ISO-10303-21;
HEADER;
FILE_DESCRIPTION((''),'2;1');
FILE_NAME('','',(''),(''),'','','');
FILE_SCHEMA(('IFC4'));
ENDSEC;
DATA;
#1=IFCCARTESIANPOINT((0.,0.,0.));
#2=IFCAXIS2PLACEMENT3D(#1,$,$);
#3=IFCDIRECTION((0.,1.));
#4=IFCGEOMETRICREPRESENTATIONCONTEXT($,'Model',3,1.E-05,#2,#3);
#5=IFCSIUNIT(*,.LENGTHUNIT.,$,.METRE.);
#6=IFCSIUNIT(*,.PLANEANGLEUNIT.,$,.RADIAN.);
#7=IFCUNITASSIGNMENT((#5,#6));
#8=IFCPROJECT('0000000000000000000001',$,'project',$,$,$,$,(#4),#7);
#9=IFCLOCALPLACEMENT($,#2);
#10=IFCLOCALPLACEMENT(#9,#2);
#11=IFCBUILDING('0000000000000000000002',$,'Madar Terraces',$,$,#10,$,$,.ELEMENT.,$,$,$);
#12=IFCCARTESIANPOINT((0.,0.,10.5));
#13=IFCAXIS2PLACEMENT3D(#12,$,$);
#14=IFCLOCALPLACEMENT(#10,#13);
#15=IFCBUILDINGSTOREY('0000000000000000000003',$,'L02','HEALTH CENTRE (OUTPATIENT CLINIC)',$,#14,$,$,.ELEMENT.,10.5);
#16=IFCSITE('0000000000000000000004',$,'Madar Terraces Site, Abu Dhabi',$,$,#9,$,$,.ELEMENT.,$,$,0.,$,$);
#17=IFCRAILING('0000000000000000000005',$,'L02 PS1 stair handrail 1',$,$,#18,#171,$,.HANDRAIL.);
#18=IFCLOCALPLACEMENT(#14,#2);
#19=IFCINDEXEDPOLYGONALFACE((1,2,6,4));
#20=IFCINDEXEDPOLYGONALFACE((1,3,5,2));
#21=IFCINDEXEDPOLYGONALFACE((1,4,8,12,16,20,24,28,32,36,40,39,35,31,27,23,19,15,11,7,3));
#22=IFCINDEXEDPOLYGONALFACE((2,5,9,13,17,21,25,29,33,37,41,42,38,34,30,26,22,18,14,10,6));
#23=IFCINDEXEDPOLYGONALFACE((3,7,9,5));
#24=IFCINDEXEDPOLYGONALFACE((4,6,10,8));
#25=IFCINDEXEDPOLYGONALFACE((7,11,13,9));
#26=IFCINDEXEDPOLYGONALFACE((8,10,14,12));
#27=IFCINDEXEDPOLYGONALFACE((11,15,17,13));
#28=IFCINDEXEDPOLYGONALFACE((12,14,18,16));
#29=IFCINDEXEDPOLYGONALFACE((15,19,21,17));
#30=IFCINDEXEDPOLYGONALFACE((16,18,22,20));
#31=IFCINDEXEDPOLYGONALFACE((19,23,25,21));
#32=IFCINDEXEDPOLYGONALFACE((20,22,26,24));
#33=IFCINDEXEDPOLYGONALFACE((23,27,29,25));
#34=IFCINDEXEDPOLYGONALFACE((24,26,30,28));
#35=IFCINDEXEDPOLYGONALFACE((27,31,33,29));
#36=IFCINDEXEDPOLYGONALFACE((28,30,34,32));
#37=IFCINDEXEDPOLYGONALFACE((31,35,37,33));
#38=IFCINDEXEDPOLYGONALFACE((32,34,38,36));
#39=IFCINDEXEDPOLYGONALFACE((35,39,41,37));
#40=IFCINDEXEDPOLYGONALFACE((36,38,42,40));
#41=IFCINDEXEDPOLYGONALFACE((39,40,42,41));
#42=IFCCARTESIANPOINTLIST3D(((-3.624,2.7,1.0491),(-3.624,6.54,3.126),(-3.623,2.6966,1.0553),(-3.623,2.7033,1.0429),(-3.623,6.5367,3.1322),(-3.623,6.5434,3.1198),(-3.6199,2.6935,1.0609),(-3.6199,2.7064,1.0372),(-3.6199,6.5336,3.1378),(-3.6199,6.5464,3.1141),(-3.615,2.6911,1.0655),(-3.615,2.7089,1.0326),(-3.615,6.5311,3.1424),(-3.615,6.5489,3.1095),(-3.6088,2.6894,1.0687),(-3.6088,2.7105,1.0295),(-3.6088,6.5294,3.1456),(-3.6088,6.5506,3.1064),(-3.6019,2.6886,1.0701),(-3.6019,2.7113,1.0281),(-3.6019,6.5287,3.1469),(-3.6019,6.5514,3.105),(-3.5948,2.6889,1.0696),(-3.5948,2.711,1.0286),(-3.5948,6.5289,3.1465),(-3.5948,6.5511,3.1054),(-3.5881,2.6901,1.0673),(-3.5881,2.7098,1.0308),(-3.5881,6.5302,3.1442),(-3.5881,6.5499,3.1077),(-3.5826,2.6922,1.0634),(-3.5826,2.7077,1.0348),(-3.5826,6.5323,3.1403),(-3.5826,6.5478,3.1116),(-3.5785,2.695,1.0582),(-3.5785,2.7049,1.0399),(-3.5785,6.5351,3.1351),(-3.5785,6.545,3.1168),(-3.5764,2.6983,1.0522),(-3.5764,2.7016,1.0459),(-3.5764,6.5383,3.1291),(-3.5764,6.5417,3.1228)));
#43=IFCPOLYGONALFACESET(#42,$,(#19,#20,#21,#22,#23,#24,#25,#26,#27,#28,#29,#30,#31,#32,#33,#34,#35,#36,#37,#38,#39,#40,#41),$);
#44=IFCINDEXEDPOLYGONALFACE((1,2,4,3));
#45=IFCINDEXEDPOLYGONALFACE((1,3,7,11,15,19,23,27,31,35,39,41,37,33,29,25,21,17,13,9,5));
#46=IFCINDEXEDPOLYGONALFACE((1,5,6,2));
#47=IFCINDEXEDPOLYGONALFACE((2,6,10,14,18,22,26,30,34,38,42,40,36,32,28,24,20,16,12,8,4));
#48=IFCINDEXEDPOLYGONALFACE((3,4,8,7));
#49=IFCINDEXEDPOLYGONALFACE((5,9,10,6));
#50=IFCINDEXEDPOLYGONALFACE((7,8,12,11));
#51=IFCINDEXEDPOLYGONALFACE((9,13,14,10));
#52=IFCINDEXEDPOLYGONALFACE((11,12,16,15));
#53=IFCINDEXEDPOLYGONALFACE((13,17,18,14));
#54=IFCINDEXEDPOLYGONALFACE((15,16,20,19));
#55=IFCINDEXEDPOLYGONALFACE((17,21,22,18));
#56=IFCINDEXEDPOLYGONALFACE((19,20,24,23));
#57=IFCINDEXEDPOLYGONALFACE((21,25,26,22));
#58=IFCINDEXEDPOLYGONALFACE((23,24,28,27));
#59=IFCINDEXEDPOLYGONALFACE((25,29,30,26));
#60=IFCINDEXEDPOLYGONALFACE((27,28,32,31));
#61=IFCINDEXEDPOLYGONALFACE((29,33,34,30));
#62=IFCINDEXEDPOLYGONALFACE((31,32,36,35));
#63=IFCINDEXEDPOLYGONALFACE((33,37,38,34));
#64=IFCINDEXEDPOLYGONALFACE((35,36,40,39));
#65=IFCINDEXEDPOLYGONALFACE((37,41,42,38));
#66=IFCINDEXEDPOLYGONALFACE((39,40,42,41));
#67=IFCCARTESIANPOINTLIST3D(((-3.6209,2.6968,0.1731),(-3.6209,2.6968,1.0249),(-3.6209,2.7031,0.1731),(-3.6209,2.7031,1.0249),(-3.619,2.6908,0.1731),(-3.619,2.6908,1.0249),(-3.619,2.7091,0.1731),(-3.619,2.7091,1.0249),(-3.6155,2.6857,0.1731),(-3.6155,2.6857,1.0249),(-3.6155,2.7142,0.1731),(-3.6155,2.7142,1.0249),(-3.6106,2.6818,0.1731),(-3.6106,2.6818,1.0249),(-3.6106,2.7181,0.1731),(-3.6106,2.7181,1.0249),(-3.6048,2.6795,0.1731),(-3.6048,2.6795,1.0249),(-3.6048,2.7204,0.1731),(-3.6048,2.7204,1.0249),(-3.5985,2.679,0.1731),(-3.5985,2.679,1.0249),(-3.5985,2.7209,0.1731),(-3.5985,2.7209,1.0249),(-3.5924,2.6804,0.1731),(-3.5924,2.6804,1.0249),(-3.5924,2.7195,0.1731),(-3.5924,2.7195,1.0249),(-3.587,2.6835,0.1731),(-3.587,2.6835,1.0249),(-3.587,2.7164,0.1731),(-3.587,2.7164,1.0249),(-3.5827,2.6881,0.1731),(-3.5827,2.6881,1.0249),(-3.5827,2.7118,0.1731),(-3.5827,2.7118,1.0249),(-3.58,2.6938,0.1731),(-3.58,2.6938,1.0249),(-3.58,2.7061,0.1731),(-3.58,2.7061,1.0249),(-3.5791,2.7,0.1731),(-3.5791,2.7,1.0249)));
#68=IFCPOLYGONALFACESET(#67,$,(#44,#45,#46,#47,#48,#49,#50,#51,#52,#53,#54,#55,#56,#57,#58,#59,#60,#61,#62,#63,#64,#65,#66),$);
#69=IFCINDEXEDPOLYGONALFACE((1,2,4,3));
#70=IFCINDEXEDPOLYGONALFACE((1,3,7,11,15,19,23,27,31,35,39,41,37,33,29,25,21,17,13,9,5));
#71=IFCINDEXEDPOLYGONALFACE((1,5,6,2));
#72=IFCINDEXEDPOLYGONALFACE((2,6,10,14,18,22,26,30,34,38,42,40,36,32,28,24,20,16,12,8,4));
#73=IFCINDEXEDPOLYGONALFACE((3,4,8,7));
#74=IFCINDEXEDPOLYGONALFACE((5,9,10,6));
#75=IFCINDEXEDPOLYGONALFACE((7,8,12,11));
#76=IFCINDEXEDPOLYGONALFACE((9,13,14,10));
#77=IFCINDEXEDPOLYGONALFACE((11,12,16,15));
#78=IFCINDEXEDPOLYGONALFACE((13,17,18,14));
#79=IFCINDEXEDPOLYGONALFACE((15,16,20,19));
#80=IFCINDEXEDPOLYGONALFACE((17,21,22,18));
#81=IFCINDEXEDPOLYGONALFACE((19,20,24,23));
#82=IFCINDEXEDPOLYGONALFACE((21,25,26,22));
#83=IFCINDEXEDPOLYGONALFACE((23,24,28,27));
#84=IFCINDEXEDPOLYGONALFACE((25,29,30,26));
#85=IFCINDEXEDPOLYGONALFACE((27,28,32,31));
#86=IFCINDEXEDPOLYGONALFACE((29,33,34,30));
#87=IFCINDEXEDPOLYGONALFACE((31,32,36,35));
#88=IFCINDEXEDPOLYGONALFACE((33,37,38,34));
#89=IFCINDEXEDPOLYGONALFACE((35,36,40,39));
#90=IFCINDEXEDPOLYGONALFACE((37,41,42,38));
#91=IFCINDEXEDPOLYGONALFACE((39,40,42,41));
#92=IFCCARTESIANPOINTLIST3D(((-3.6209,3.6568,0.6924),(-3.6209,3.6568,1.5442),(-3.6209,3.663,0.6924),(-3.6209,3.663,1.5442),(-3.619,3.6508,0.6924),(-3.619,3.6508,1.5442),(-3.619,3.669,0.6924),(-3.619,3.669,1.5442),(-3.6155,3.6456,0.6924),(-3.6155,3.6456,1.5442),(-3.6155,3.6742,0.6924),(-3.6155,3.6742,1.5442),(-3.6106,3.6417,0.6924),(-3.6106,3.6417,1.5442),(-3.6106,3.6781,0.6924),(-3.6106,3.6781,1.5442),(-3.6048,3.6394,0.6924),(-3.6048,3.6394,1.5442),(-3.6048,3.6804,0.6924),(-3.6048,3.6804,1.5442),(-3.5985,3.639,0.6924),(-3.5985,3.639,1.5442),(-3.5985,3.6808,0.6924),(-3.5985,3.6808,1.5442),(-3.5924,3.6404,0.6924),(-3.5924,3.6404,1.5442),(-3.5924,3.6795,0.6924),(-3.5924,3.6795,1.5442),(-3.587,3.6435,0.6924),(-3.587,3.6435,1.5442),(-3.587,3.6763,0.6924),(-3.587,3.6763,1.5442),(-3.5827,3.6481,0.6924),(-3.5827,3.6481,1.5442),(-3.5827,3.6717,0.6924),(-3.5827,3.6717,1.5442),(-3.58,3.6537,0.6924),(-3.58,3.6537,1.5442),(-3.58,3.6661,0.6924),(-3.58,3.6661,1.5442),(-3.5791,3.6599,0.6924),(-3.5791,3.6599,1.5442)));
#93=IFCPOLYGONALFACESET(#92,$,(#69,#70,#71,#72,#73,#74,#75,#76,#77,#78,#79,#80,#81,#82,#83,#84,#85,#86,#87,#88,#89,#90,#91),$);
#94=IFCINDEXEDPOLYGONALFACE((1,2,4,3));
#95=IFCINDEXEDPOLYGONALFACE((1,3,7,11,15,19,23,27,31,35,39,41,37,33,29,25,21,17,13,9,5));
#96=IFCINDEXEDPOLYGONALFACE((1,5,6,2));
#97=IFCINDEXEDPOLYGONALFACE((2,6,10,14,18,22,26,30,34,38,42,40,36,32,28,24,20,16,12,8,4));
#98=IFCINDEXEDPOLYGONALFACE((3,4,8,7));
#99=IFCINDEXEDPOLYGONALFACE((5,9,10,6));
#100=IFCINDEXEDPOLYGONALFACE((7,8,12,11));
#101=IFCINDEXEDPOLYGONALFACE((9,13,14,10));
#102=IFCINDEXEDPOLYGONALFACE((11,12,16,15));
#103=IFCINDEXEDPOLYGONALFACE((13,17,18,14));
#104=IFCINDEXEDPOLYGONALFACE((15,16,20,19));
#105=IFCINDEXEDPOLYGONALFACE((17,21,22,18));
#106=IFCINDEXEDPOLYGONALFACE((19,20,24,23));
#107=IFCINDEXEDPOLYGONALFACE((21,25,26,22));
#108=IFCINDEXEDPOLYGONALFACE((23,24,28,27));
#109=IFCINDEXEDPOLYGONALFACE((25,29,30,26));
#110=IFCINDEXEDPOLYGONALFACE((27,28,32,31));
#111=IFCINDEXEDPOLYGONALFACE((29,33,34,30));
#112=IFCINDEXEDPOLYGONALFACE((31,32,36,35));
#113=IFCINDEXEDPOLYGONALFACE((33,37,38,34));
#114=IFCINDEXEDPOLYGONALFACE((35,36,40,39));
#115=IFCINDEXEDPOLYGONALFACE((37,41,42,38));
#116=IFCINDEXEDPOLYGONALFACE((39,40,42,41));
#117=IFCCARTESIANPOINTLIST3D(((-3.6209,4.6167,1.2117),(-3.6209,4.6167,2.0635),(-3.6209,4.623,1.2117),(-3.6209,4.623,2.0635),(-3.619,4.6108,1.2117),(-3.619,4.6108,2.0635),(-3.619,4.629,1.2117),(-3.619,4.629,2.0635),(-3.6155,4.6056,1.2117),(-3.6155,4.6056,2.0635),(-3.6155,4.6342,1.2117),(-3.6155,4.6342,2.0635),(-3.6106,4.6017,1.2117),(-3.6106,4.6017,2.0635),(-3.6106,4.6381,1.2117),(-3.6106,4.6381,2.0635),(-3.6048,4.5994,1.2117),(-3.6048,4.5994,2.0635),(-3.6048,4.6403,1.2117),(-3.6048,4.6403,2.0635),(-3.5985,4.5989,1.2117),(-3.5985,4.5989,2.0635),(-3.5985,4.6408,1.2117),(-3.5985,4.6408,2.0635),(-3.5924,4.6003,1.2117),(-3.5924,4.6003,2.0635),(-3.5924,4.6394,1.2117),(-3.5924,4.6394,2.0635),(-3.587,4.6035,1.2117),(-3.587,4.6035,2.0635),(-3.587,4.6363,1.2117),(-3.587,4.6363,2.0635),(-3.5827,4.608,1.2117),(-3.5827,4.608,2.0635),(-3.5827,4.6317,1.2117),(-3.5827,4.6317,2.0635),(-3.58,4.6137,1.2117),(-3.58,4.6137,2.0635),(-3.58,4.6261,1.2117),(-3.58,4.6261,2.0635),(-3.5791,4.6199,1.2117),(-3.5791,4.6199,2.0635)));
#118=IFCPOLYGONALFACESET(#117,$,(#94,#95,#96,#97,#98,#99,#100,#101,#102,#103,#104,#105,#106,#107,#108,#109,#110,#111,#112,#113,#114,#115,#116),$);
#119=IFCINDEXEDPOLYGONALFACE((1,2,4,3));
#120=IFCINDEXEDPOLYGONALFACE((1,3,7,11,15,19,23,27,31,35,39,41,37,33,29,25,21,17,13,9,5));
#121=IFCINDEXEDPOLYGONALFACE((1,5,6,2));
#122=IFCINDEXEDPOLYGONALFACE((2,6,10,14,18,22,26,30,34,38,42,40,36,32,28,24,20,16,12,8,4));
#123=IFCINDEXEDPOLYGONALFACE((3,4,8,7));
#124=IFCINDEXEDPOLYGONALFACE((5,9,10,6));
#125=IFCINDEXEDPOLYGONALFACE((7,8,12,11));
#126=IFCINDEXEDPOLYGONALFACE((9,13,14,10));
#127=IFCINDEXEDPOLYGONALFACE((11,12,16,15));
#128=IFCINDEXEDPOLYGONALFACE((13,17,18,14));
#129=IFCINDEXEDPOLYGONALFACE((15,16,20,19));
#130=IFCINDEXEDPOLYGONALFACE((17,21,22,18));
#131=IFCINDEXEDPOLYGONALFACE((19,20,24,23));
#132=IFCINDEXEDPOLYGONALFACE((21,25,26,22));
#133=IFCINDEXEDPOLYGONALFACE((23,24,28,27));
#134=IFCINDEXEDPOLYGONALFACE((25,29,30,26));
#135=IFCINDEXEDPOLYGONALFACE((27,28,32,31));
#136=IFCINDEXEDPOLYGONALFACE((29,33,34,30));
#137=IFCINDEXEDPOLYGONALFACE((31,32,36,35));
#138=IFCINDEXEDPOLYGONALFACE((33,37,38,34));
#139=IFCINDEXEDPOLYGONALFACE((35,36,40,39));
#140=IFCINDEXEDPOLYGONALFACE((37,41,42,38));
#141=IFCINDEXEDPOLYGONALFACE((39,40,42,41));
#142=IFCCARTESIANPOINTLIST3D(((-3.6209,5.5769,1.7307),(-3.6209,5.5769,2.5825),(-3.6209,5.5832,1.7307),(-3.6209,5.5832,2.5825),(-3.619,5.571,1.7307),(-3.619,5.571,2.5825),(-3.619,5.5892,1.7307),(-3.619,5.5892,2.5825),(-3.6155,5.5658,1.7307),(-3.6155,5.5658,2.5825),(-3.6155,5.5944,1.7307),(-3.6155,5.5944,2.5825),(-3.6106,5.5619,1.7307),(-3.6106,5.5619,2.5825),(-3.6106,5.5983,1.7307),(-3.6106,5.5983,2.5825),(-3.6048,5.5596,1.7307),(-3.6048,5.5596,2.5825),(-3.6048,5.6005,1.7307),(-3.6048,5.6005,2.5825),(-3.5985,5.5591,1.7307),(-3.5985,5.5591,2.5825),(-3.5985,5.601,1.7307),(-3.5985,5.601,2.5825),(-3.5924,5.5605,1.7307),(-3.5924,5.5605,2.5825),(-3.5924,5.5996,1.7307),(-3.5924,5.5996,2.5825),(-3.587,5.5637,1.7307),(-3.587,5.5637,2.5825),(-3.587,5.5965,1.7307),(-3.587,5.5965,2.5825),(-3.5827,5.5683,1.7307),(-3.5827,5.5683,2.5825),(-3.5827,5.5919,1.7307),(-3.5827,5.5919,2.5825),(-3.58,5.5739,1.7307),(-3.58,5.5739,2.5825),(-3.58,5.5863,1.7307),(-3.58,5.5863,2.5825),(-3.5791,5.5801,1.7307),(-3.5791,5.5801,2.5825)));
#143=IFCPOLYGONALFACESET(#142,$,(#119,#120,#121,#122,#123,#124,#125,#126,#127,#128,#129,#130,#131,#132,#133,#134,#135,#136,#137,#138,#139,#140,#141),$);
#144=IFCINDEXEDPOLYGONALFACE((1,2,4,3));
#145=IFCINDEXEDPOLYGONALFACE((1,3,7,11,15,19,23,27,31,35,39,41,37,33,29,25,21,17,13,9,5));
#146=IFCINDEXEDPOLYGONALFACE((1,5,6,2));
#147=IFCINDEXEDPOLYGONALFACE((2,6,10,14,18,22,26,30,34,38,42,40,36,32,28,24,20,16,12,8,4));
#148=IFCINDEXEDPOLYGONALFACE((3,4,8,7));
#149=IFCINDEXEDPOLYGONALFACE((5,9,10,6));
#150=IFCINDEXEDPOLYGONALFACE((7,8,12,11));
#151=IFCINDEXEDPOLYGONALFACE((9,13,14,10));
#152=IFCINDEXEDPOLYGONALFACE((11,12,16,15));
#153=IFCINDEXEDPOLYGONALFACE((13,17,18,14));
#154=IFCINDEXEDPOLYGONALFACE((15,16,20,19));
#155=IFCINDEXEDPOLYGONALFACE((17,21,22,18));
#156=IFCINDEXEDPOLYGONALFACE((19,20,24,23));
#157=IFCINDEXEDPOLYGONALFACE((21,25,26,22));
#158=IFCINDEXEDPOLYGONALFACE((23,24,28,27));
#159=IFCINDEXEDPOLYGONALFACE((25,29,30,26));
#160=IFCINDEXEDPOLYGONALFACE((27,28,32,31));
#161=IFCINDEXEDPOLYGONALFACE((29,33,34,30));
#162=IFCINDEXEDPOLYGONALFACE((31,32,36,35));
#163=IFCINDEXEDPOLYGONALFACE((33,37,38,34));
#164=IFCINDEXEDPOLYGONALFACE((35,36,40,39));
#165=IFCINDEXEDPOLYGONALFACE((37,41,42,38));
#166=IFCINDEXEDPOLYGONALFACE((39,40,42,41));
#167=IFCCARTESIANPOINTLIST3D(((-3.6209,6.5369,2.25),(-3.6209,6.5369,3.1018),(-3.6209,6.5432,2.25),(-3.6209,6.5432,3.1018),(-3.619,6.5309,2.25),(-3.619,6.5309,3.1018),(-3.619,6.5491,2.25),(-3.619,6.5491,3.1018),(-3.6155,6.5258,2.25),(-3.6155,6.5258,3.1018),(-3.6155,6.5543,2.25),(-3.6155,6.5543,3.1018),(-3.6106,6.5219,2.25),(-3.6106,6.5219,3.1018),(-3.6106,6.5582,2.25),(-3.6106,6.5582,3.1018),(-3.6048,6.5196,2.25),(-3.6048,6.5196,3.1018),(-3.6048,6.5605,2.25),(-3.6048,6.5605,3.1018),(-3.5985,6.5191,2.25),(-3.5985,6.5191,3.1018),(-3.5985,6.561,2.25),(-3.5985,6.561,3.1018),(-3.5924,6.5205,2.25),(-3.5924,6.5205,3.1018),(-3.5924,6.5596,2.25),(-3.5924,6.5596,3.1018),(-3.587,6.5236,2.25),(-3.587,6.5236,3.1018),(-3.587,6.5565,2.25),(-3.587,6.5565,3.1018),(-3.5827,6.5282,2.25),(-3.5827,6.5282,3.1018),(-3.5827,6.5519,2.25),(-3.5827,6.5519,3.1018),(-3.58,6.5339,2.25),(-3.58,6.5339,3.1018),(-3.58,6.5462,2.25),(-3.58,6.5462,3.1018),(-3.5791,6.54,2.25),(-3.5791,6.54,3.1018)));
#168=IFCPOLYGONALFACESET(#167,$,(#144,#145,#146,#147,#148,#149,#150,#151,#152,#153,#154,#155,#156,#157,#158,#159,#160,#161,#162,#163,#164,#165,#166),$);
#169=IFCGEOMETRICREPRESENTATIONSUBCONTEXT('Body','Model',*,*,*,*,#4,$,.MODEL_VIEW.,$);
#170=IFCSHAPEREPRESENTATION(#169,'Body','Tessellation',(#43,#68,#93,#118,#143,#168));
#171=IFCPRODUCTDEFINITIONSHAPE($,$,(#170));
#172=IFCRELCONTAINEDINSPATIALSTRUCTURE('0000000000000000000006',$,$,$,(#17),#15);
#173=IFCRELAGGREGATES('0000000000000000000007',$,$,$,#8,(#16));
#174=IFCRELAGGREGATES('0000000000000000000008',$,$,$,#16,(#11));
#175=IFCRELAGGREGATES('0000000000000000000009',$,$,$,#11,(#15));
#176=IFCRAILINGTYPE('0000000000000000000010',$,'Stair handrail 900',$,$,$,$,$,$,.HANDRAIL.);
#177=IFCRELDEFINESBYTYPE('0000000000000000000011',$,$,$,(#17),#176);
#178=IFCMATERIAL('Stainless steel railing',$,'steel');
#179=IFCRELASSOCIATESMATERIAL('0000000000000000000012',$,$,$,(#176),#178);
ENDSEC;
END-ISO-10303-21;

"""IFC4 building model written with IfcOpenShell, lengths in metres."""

from ifc_helpers import new_model, si_unit, direction, frame, origin, origin_2d, place, context, subcontext, project, spatial, circle, extrude, material, type_object, element, save


model = new_model("IFC4")

# Units and contexts
model_context = context("Model", 3, precision=1e-05, world=origin(), true_north=direction((0.0, 1.0)))
body_context = subcontext(model_context, "Body", "Model", "MODEL_VIEW")
ifc_project = project(units=[si_unit("LENGTHUNIT", "METRE"), si_unit("PLANEANGLEUNIT", "RADIAN")], contexts=[model_context])

# Site, building, storey
site_placement = place(None, origin())
site = spatial("IfcSite", under=ifc_project, at=site_placement, Name="Madar Terraces Site, Abu Dhabi", CompositionType="ELEMENT", RefElevation=0.0)
building_placement = place(site_placement, origin())
building = spatial("IfcBuilding", under=site, at=building_placement, Name="Madar Terraces", CompositionType="ELEMENT")
storey_placement = place(building_placement, frame((0.0, 0.0, 10.5)))
storey = spatial("IfcBuildingStorey", under=building, at=storey_placement, Name="L02", Description="HEALTH CENTRE (OUTPATIENT CLINIC)", CompositionType="ELEMENT", Elevation=10.5)

# Railing
ifc_material_1 = material(Name="Stainless steel railing", Category="steel")
railing_type_1 = type_object("IfcRailingType", Name="Stair handrail 900", PredefinedType="HANDRAIL", material=ifc_material_1)
railing_1_placement = place(storey_placement, frame((-3.6001, 2.7, 0.1731)))
element("IfcRailing", 1, at=railing_1_placement, inside=storey, type_object=railing_type_1, Name="L02 PS1 stair handrail 1", PredefinedType="HANDRAIL", context=body_context, shape_type="SweptSolid", body=[
    extrude(circle(Radius=0.0239, at=origin_2d()), frame((0.0, 0.0, 0.876), z_axis=(0.0, 0.879593, 0.475726), x_axis=(-1.0, 0.0, 0.0)), (0.0, 0.0, 1.0), 4.3657),
    extrude(circle(Radius=0.021, at=origin_2d()), origin(), (0.0, 0.0, 1.0), 0.8518),
    extrude(circle(Radius=0.021, at=origin_2d()), frame((0.0, 0.96, 0.5193)), (0.0, 0.0, 1.0), 0.8518),
    extrude(circle(Radius=0.021, at=origin_2d()), frame((0.0, 1.9199, 1.0386)), (0.0, 0.0, 1.0), 0.8518),
    extrude(circle(Radius=0.021, at=origin_2d()), frame((0.0, 2.8801, 1.5576)), (0.0, 0.0, 1.0), 0.8518),
    extrude(circle(Radius=0.021, at=origin_2d()), frame((0.0, 3.8401, 2.0769)), (0.0, 0.0, 1.0), 0.8518),
])

save(model, "model.ifc")
